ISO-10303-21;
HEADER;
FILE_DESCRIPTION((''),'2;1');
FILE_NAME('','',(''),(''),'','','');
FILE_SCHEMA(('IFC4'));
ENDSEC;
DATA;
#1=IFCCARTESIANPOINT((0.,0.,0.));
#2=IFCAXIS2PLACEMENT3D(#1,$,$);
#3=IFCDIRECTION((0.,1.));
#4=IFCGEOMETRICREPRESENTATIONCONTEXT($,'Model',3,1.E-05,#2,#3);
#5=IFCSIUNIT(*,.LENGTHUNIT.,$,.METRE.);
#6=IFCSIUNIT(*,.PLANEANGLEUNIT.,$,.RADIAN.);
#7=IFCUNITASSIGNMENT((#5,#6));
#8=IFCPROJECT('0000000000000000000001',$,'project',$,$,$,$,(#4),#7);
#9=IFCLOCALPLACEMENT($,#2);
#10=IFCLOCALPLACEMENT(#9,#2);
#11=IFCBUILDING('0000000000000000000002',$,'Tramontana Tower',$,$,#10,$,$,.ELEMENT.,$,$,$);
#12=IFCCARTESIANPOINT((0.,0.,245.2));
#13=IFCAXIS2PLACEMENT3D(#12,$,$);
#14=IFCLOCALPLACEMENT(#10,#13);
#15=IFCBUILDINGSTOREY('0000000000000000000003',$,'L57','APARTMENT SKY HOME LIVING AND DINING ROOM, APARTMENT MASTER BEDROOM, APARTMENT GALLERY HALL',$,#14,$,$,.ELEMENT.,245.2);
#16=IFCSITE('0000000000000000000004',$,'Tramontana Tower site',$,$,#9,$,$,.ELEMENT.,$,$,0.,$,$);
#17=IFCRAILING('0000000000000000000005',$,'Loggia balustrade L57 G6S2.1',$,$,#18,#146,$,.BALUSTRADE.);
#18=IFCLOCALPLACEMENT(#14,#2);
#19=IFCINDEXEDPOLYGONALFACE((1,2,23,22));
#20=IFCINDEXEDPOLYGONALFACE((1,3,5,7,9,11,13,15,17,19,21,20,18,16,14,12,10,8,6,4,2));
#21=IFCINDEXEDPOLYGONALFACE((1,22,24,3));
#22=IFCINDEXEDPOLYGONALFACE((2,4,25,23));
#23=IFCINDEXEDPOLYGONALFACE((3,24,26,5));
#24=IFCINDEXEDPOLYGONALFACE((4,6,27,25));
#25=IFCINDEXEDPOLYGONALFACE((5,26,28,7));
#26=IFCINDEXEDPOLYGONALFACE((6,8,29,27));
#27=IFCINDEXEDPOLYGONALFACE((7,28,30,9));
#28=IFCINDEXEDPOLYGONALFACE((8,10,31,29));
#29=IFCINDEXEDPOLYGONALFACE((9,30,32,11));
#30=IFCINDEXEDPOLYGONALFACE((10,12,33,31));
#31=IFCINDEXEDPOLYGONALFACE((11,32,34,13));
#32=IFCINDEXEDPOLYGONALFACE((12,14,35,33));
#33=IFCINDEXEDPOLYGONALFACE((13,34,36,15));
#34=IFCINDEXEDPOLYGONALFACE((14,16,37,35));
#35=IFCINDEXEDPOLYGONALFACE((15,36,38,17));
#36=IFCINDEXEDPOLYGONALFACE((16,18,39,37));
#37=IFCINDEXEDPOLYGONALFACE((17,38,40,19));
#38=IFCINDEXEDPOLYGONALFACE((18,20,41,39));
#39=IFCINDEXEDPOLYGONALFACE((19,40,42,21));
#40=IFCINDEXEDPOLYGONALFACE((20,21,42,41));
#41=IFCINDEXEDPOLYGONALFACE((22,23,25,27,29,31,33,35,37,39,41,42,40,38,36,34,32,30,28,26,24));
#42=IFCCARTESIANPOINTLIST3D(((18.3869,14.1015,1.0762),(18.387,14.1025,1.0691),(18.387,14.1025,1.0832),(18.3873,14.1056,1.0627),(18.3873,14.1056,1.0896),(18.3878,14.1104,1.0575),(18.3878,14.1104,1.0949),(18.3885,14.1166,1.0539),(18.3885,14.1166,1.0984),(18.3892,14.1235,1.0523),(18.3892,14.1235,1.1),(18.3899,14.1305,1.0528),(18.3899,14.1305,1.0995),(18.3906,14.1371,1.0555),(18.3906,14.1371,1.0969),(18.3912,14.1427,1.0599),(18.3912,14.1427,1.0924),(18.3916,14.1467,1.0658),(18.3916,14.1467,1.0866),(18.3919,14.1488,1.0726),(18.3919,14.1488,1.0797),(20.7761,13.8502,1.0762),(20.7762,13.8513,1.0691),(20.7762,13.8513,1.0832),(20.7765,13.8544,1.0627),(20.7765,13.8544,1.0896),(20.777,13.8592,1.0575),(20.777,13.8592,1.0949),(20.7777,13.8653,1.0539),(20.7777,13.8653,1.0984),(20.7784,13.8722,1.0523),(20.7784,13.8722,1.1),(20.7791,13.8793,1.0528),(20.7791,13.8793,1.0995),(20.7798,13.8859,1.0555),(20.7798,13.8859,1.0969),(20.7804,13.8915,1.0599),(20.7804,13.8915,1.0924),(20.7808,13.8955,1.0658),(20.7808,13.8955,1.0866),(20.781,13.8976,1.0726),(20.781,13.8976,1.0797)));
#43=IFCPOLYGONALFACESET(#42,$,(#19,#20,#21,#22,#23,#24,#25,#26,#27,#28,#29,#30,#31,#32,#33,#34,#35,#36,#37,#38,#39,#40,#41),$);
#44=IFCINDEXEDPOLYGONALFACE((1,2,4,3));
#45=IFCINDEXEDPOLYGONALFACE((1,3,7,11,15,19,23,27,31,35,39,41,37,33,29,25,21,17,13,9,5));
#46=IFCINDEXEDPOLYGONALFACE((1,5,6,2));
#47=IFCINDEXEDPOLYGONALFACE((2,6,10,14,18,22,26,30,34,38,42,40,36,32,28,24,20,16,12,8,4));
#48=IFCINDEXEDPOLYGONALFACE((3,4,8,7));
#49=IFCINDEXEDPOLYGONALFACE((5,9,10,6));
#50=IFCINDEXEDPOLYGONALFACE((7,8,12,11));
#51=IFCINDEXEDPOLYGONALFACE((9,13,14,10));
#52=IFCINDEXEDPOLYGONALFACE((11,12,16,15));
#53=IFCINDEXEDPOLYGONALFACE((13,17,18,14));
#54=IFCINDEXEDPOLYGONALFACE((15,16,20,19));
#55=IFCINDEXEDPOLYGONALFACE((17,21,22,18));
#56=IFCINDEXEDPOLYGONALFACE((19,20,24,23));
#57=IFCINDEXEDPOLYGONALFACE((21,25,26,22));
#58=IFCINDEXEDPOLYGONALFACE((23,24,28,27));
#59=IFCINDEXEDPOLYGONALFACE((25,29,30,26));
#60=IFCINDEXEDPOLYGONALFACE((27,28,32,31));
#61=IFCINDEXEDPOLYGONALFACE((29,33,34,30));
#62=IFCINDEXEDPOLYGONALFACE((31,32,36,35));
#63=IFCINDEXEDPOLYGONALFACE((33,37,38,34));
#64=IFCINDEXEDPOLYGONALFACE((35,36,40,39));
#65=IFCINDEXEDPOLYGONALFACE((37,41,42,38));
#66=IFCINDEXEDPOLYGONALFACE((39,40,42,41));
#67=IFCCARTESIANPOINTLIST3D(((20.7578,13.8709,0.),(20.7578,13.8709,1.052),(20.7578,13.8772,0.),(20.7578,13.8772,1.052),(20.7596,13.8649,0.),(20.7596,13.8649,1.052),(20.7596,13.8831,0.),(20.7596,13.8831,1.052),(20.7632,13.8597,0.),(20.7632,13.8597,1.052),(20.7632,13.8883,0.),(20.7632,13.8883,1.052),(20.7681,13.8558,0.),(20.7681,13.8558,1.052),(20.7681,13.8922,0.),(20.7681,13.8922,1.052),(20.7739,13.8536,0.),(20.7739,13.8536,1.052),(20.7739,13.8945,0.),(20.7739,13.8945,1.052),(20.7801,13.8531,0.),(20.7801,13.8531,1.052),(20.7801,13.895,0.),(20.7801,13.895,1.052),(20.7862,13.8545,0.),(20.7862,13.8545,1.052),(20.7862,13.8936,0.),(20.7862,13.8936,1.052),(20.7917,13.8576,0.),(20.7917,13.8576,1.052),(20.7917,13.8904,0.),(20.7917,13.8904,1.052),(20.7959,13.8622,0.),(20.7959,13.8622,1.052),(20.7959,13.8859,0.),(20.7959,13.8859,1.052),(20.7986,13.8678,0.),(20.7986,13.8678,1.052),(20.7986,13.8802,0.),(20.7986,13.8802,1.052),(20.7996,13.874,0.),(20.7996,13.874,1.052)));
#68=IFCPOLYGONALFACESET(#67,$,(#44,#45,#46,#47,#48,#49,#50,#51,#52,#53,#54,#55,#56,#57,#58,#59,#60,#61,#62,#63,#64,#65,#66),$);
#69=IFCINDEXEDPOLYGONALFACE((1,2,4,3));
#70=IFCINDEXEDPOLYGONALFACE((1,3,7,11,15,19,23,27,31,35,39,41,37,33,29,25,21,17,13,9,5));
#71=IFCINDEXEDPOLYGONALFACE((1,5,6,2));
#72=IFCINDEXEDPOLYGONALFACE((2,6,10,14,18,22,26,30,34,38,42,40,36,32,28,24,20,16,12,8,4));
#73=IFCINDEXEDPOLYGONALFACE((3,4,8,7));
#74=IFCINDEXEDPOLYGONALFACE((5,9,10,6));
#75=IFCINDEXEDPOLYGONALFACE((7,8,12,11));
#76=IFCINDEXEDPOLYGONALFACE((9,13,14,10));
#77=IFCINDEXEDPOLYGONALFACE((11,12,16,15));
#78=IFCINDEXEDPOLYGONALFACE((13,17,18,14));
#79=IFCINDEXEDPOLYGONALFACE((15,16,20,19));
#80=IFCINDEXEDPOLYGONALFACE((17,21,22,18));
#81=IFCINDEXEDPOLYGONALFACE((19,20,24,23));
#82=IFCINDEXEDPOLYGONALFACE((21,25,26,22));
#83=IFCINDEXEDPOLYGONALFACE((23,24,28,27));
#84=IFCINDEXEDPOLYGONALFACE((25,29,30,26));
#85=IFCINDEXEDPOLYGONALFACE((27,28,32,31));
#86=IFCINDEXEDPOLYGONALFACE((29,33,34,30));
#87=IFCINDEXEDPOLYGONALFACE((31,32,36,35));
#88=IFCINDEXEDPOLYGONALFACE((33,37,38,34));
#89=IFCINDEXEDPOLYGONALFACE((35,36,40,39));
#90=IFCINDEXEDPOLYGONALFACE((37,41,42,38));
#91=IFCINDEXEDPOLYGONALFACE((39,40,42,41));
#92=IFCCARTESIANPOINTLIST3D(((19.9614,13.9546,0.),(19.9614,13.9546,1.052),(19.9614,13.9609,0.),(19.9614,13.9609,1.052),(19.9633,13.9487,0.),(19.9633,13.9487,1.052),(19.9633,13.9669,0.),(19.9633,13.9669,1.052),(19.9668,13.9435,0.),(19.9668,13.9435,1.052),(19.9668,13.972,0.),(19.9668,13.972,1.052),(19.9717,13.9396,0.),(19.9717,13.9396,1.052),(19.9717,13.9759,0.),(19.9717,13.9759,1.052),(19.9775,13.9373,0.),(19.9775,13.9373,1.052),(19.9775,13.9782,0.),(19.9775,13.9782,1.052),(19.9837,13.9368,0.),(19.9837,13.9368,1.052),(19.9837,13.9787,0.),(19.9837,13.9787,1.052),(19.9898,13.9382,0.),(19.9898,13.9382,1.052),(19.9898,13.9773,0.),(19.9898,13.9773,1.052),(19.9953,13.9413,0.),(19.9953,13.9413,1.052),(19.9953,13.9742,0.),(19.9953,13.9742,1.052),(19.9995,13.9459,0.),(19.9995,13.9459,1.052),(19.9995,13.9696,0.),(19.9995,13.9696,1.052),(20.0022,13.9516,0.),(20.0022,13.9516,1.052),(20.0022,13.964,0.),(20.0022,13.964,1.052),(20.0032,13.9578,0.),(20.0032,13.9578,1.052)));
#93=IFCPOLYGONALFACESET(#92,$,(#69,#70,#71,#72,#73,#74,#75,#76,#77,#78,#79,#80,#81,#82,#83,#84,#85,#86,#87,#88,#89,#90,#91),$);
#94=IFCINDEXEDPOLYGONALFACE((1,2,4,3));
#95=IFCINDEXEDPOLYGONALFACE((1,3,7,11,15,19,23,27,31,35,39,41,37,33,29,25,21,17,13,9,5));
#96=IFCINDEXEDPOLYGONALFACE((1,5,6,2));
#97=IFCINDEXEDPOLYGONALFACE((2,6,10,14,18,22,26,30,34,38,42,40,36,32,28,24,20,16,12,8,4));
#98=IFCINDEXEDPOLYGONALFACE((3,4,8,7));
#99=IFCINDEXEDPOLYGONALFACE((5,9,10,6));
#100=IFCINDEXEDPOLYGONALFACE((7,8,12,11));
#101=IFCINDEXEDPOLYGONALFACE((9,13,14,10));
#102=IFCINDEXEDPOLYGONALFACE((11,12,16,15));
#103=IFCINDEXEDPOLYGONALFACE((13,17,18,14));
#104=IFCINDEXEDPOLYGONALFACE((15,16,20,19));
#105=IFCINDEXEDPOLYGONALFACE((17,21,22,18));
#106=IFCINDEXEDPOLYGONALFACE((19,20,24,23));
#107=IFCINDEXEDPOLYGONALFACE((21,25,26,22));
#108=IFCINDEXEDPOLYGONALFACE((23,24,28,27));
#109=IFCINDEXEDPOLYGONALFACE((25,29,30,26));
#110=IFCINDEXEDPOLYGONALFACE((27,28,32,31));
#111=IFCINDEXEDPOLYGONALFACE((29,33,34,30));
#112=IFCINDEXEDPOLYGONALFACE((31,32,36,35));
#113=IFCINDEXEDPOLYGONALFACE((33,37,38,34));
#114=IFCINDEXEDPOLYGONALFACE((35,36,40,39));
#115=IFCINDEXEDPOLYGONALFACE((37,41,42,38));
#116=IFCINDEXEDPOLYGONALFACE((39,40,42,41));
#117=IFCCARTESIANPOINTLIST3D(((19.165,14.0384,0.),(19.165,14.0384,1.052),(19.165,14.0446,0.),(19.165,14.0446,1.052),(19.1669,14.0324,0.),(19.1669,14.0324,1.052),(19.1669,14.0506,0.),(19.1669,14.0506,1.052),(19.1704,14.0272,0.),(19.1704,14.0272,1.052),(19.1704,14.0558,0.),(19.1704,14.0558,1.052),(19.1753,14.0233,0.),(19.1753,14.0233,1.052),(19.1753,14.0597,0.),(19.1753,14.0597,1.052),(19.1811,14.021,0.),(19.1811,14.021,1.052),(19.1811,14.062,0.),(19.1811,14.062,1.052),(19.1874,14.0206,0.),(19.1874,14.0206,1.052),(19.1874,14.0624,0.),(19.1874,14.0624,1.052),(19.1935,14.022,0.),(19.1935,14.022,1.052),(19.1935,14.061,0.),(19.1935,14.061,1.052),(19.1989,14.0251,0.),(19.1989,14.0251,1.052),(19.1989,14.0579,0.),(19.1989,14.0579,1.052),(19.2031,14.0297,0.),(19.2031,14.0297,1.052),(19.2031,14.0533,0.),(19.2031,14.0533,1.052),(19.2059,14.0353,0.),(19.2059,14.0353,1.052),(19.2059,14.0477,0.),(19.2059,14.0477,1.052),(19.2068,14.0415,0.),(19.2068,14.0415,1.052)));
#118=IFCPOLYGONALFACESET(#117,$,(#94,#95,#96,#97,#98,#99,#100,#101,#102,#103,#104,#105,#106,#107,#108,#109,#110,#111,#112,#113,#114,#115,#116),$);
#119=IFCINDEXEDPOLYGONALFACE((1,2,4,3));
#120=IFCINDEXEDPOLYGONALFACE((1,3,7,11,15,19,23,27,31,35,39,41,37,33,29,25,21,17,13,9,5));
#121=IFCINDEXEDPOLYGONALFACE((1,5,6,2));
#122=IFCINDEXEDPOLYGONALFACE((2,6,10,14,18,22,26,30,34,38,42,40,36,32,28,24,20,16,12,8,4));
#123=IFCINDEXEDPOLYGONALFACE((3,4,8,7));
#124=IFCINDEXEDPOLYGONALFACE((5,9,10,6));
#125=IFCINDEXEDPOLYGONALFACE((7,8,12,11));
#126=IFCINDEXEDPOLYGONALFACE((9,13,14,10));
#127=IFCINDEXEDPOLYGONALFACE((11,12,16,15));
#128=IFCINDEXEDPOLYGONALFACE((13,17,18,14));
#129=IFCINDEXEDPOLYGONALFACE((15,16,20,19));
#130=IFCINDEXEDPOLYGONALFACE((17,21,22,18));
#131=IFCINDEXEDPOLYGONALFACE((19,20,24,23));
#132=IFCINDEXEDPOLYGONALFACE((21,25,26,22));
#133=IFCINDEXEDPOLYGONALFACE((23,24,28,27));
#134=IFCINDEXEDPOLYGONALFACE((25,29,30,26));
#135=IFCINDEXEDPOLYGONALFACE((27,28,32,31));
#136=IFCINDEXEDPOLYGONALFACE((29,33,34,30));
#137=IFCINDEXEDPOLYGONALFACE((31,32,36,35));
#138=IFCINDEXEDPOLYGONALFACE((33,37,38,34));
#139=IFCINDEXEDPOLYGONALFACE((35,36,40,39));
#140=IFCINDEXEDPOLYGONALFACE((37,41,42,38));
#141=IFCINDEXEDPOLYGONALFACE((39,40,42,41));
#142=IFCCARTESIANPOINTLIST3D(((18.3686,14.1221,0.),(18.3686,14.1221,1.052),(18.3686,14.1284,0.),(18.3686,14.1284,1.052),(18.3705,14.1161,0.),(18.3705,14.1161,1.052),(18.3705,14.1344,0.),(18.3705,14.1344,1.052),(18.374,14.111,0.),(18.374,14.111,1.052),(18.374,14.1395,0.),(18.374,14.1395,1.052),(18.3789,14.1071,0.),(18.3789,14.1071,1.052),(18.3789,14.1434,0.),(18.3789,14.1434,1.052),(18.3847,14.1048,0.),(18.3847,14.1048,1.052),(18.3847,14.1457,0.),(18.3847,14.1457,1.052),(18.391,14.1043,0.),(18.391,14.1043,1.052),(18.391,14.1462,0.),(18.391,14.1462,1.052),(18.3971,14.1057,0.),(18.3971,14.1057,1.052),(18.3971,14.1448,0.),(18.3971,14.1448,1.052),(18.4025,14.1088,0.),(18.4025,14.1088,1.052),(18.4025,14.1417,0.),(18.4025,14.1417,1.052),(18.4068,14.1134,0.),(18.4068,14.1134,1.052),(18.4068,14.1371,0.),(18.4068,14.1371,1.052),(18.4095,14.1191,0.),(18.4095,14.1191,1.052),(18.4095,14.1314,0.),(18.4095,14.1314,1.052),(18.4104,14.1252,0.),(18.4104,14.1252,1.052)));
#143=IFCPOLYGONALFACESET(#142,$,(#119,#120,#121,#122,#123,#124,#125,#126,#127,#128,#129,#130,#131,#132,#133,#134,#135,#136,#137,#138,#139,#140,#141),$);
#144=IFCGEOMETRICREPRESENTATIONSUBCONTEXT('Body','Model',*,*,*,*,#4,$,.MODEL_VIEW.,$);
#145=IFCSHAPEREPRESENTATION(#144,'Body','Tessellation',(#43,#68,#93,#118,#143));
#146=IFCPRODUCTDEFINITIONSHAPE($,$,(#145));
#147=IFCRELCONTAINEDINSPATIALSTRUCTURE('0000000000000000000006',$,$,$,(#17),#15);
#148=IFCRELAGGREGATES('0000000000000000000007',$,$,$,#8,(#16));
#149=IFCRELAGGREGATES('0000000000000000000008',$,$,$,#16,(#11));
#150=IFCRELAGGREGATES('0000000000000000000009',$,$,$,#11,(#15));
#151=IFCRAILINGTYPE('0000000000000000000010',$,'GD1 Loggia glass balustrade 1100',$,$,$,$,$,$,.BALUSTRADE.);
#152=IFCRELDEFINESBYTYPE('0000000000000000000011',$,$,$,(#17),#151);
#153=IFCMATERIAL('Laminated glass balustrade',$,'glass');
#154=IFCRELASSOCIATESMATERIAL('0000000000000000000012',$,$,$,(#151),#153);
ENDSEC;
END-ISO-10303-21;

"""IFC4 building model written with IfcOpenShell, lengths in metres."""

from ifc_helpers import new_model, si_unit, direction, frame, origin, origin_2d, place, context, subcontext, project, spatial, circle, extrude, material, type_object, element, save


model = new_model("IFC4")

# Units and contexts
model_context = context("Model", 3, precision=1e-05, world=origin(), true_north=direction((0.0, 1.0)))
body_context = subcontext(model_context, "Body", "Model", "MODEL_VIEW")
ifc_project = project(units=[si_unit("LENGTHUNIT", "METRE"), si_unit("PLANEANGLEUNIT", "RADIAN")], contexts=[model_context])

# Site, building, storey
site_placement = place(None, origin())
site = spatial("IfcSite", under=ifc_project, at=site_placement, Name="Tramontana Tower site", CompositionType="ELEMENT", RefElevation=0.0)
building_placement = place(site_placement, origin())
building = spatial("IfcBuilding", under=site, at=building_placement, Name="Tramontana Tower", CompositionType="ELEMENT")
storey_placement = place(building_placement, frame((0.0, 0.0, 245.2)))
storey = spatial("IfcBuildingStorey", under=building, at=storey_placement, Name="L57", Description="APARTMENT SKY HOME LIVING AND DINING ROOM, APARTMENT MASTER BEDROOM, APARTMENT GALLERY HALL", CompositionType="ELEMENT", Elevation=245.2)

# Railing
ifc_material_1 = material(Name="Laminated glass balustrade", Category="glass")
railing_type = type_object("IfcRailingType", Name="GD1 Loggia glass balustrade 1100", PredefinedType="BALUSTRADE", material=ifc_material_1)
railing_1_placement = place(storey_placement, frame((20.7786, 13.874, 0.0)))
element("IfcRailing", 1, at=railing_1_placement, inside=storey, type_object=railing_type, Name="Loggia balustrade L57 G6S2.1", PredefinedType="BALUSTRADE", context=body_context, shape_type="SweptSolid", body=[
    extrude(circle(Radius=0.0239, at=origin_2d()), frame((0.0, 0.0, 1.0762), z_axis=(-0.994517, 0.104574, 0.0), x_axis=(-0.104574, -0.994517, 0.0)), (0.0, 0.0, 1.0), 2.4023),
    extrude(circle(Radius=0.021, at=origin_2d()), origin(), (0.0, 0.0, 1.0), 1.052),
    extrude(circle(Radius=0.021, at=origin_2d()), frame((-0.7964, 0.0837, 0.0)), (0.0, 0.0, 1.0), 1.052),
    extrude(circle(Radius=0.021, at=origin_2d()), frame((-1.5928, 0.1675, 0.0)), (0.0, 0.0, 1.0), 1.052),
    extrude(circle(Radius=0.021, at=origin_2d()), frame((-2.3892, 0.2512, 0.0)), (0.0, 0.0, 1.0), 1.052),
])

save(model, "model.ifc")
